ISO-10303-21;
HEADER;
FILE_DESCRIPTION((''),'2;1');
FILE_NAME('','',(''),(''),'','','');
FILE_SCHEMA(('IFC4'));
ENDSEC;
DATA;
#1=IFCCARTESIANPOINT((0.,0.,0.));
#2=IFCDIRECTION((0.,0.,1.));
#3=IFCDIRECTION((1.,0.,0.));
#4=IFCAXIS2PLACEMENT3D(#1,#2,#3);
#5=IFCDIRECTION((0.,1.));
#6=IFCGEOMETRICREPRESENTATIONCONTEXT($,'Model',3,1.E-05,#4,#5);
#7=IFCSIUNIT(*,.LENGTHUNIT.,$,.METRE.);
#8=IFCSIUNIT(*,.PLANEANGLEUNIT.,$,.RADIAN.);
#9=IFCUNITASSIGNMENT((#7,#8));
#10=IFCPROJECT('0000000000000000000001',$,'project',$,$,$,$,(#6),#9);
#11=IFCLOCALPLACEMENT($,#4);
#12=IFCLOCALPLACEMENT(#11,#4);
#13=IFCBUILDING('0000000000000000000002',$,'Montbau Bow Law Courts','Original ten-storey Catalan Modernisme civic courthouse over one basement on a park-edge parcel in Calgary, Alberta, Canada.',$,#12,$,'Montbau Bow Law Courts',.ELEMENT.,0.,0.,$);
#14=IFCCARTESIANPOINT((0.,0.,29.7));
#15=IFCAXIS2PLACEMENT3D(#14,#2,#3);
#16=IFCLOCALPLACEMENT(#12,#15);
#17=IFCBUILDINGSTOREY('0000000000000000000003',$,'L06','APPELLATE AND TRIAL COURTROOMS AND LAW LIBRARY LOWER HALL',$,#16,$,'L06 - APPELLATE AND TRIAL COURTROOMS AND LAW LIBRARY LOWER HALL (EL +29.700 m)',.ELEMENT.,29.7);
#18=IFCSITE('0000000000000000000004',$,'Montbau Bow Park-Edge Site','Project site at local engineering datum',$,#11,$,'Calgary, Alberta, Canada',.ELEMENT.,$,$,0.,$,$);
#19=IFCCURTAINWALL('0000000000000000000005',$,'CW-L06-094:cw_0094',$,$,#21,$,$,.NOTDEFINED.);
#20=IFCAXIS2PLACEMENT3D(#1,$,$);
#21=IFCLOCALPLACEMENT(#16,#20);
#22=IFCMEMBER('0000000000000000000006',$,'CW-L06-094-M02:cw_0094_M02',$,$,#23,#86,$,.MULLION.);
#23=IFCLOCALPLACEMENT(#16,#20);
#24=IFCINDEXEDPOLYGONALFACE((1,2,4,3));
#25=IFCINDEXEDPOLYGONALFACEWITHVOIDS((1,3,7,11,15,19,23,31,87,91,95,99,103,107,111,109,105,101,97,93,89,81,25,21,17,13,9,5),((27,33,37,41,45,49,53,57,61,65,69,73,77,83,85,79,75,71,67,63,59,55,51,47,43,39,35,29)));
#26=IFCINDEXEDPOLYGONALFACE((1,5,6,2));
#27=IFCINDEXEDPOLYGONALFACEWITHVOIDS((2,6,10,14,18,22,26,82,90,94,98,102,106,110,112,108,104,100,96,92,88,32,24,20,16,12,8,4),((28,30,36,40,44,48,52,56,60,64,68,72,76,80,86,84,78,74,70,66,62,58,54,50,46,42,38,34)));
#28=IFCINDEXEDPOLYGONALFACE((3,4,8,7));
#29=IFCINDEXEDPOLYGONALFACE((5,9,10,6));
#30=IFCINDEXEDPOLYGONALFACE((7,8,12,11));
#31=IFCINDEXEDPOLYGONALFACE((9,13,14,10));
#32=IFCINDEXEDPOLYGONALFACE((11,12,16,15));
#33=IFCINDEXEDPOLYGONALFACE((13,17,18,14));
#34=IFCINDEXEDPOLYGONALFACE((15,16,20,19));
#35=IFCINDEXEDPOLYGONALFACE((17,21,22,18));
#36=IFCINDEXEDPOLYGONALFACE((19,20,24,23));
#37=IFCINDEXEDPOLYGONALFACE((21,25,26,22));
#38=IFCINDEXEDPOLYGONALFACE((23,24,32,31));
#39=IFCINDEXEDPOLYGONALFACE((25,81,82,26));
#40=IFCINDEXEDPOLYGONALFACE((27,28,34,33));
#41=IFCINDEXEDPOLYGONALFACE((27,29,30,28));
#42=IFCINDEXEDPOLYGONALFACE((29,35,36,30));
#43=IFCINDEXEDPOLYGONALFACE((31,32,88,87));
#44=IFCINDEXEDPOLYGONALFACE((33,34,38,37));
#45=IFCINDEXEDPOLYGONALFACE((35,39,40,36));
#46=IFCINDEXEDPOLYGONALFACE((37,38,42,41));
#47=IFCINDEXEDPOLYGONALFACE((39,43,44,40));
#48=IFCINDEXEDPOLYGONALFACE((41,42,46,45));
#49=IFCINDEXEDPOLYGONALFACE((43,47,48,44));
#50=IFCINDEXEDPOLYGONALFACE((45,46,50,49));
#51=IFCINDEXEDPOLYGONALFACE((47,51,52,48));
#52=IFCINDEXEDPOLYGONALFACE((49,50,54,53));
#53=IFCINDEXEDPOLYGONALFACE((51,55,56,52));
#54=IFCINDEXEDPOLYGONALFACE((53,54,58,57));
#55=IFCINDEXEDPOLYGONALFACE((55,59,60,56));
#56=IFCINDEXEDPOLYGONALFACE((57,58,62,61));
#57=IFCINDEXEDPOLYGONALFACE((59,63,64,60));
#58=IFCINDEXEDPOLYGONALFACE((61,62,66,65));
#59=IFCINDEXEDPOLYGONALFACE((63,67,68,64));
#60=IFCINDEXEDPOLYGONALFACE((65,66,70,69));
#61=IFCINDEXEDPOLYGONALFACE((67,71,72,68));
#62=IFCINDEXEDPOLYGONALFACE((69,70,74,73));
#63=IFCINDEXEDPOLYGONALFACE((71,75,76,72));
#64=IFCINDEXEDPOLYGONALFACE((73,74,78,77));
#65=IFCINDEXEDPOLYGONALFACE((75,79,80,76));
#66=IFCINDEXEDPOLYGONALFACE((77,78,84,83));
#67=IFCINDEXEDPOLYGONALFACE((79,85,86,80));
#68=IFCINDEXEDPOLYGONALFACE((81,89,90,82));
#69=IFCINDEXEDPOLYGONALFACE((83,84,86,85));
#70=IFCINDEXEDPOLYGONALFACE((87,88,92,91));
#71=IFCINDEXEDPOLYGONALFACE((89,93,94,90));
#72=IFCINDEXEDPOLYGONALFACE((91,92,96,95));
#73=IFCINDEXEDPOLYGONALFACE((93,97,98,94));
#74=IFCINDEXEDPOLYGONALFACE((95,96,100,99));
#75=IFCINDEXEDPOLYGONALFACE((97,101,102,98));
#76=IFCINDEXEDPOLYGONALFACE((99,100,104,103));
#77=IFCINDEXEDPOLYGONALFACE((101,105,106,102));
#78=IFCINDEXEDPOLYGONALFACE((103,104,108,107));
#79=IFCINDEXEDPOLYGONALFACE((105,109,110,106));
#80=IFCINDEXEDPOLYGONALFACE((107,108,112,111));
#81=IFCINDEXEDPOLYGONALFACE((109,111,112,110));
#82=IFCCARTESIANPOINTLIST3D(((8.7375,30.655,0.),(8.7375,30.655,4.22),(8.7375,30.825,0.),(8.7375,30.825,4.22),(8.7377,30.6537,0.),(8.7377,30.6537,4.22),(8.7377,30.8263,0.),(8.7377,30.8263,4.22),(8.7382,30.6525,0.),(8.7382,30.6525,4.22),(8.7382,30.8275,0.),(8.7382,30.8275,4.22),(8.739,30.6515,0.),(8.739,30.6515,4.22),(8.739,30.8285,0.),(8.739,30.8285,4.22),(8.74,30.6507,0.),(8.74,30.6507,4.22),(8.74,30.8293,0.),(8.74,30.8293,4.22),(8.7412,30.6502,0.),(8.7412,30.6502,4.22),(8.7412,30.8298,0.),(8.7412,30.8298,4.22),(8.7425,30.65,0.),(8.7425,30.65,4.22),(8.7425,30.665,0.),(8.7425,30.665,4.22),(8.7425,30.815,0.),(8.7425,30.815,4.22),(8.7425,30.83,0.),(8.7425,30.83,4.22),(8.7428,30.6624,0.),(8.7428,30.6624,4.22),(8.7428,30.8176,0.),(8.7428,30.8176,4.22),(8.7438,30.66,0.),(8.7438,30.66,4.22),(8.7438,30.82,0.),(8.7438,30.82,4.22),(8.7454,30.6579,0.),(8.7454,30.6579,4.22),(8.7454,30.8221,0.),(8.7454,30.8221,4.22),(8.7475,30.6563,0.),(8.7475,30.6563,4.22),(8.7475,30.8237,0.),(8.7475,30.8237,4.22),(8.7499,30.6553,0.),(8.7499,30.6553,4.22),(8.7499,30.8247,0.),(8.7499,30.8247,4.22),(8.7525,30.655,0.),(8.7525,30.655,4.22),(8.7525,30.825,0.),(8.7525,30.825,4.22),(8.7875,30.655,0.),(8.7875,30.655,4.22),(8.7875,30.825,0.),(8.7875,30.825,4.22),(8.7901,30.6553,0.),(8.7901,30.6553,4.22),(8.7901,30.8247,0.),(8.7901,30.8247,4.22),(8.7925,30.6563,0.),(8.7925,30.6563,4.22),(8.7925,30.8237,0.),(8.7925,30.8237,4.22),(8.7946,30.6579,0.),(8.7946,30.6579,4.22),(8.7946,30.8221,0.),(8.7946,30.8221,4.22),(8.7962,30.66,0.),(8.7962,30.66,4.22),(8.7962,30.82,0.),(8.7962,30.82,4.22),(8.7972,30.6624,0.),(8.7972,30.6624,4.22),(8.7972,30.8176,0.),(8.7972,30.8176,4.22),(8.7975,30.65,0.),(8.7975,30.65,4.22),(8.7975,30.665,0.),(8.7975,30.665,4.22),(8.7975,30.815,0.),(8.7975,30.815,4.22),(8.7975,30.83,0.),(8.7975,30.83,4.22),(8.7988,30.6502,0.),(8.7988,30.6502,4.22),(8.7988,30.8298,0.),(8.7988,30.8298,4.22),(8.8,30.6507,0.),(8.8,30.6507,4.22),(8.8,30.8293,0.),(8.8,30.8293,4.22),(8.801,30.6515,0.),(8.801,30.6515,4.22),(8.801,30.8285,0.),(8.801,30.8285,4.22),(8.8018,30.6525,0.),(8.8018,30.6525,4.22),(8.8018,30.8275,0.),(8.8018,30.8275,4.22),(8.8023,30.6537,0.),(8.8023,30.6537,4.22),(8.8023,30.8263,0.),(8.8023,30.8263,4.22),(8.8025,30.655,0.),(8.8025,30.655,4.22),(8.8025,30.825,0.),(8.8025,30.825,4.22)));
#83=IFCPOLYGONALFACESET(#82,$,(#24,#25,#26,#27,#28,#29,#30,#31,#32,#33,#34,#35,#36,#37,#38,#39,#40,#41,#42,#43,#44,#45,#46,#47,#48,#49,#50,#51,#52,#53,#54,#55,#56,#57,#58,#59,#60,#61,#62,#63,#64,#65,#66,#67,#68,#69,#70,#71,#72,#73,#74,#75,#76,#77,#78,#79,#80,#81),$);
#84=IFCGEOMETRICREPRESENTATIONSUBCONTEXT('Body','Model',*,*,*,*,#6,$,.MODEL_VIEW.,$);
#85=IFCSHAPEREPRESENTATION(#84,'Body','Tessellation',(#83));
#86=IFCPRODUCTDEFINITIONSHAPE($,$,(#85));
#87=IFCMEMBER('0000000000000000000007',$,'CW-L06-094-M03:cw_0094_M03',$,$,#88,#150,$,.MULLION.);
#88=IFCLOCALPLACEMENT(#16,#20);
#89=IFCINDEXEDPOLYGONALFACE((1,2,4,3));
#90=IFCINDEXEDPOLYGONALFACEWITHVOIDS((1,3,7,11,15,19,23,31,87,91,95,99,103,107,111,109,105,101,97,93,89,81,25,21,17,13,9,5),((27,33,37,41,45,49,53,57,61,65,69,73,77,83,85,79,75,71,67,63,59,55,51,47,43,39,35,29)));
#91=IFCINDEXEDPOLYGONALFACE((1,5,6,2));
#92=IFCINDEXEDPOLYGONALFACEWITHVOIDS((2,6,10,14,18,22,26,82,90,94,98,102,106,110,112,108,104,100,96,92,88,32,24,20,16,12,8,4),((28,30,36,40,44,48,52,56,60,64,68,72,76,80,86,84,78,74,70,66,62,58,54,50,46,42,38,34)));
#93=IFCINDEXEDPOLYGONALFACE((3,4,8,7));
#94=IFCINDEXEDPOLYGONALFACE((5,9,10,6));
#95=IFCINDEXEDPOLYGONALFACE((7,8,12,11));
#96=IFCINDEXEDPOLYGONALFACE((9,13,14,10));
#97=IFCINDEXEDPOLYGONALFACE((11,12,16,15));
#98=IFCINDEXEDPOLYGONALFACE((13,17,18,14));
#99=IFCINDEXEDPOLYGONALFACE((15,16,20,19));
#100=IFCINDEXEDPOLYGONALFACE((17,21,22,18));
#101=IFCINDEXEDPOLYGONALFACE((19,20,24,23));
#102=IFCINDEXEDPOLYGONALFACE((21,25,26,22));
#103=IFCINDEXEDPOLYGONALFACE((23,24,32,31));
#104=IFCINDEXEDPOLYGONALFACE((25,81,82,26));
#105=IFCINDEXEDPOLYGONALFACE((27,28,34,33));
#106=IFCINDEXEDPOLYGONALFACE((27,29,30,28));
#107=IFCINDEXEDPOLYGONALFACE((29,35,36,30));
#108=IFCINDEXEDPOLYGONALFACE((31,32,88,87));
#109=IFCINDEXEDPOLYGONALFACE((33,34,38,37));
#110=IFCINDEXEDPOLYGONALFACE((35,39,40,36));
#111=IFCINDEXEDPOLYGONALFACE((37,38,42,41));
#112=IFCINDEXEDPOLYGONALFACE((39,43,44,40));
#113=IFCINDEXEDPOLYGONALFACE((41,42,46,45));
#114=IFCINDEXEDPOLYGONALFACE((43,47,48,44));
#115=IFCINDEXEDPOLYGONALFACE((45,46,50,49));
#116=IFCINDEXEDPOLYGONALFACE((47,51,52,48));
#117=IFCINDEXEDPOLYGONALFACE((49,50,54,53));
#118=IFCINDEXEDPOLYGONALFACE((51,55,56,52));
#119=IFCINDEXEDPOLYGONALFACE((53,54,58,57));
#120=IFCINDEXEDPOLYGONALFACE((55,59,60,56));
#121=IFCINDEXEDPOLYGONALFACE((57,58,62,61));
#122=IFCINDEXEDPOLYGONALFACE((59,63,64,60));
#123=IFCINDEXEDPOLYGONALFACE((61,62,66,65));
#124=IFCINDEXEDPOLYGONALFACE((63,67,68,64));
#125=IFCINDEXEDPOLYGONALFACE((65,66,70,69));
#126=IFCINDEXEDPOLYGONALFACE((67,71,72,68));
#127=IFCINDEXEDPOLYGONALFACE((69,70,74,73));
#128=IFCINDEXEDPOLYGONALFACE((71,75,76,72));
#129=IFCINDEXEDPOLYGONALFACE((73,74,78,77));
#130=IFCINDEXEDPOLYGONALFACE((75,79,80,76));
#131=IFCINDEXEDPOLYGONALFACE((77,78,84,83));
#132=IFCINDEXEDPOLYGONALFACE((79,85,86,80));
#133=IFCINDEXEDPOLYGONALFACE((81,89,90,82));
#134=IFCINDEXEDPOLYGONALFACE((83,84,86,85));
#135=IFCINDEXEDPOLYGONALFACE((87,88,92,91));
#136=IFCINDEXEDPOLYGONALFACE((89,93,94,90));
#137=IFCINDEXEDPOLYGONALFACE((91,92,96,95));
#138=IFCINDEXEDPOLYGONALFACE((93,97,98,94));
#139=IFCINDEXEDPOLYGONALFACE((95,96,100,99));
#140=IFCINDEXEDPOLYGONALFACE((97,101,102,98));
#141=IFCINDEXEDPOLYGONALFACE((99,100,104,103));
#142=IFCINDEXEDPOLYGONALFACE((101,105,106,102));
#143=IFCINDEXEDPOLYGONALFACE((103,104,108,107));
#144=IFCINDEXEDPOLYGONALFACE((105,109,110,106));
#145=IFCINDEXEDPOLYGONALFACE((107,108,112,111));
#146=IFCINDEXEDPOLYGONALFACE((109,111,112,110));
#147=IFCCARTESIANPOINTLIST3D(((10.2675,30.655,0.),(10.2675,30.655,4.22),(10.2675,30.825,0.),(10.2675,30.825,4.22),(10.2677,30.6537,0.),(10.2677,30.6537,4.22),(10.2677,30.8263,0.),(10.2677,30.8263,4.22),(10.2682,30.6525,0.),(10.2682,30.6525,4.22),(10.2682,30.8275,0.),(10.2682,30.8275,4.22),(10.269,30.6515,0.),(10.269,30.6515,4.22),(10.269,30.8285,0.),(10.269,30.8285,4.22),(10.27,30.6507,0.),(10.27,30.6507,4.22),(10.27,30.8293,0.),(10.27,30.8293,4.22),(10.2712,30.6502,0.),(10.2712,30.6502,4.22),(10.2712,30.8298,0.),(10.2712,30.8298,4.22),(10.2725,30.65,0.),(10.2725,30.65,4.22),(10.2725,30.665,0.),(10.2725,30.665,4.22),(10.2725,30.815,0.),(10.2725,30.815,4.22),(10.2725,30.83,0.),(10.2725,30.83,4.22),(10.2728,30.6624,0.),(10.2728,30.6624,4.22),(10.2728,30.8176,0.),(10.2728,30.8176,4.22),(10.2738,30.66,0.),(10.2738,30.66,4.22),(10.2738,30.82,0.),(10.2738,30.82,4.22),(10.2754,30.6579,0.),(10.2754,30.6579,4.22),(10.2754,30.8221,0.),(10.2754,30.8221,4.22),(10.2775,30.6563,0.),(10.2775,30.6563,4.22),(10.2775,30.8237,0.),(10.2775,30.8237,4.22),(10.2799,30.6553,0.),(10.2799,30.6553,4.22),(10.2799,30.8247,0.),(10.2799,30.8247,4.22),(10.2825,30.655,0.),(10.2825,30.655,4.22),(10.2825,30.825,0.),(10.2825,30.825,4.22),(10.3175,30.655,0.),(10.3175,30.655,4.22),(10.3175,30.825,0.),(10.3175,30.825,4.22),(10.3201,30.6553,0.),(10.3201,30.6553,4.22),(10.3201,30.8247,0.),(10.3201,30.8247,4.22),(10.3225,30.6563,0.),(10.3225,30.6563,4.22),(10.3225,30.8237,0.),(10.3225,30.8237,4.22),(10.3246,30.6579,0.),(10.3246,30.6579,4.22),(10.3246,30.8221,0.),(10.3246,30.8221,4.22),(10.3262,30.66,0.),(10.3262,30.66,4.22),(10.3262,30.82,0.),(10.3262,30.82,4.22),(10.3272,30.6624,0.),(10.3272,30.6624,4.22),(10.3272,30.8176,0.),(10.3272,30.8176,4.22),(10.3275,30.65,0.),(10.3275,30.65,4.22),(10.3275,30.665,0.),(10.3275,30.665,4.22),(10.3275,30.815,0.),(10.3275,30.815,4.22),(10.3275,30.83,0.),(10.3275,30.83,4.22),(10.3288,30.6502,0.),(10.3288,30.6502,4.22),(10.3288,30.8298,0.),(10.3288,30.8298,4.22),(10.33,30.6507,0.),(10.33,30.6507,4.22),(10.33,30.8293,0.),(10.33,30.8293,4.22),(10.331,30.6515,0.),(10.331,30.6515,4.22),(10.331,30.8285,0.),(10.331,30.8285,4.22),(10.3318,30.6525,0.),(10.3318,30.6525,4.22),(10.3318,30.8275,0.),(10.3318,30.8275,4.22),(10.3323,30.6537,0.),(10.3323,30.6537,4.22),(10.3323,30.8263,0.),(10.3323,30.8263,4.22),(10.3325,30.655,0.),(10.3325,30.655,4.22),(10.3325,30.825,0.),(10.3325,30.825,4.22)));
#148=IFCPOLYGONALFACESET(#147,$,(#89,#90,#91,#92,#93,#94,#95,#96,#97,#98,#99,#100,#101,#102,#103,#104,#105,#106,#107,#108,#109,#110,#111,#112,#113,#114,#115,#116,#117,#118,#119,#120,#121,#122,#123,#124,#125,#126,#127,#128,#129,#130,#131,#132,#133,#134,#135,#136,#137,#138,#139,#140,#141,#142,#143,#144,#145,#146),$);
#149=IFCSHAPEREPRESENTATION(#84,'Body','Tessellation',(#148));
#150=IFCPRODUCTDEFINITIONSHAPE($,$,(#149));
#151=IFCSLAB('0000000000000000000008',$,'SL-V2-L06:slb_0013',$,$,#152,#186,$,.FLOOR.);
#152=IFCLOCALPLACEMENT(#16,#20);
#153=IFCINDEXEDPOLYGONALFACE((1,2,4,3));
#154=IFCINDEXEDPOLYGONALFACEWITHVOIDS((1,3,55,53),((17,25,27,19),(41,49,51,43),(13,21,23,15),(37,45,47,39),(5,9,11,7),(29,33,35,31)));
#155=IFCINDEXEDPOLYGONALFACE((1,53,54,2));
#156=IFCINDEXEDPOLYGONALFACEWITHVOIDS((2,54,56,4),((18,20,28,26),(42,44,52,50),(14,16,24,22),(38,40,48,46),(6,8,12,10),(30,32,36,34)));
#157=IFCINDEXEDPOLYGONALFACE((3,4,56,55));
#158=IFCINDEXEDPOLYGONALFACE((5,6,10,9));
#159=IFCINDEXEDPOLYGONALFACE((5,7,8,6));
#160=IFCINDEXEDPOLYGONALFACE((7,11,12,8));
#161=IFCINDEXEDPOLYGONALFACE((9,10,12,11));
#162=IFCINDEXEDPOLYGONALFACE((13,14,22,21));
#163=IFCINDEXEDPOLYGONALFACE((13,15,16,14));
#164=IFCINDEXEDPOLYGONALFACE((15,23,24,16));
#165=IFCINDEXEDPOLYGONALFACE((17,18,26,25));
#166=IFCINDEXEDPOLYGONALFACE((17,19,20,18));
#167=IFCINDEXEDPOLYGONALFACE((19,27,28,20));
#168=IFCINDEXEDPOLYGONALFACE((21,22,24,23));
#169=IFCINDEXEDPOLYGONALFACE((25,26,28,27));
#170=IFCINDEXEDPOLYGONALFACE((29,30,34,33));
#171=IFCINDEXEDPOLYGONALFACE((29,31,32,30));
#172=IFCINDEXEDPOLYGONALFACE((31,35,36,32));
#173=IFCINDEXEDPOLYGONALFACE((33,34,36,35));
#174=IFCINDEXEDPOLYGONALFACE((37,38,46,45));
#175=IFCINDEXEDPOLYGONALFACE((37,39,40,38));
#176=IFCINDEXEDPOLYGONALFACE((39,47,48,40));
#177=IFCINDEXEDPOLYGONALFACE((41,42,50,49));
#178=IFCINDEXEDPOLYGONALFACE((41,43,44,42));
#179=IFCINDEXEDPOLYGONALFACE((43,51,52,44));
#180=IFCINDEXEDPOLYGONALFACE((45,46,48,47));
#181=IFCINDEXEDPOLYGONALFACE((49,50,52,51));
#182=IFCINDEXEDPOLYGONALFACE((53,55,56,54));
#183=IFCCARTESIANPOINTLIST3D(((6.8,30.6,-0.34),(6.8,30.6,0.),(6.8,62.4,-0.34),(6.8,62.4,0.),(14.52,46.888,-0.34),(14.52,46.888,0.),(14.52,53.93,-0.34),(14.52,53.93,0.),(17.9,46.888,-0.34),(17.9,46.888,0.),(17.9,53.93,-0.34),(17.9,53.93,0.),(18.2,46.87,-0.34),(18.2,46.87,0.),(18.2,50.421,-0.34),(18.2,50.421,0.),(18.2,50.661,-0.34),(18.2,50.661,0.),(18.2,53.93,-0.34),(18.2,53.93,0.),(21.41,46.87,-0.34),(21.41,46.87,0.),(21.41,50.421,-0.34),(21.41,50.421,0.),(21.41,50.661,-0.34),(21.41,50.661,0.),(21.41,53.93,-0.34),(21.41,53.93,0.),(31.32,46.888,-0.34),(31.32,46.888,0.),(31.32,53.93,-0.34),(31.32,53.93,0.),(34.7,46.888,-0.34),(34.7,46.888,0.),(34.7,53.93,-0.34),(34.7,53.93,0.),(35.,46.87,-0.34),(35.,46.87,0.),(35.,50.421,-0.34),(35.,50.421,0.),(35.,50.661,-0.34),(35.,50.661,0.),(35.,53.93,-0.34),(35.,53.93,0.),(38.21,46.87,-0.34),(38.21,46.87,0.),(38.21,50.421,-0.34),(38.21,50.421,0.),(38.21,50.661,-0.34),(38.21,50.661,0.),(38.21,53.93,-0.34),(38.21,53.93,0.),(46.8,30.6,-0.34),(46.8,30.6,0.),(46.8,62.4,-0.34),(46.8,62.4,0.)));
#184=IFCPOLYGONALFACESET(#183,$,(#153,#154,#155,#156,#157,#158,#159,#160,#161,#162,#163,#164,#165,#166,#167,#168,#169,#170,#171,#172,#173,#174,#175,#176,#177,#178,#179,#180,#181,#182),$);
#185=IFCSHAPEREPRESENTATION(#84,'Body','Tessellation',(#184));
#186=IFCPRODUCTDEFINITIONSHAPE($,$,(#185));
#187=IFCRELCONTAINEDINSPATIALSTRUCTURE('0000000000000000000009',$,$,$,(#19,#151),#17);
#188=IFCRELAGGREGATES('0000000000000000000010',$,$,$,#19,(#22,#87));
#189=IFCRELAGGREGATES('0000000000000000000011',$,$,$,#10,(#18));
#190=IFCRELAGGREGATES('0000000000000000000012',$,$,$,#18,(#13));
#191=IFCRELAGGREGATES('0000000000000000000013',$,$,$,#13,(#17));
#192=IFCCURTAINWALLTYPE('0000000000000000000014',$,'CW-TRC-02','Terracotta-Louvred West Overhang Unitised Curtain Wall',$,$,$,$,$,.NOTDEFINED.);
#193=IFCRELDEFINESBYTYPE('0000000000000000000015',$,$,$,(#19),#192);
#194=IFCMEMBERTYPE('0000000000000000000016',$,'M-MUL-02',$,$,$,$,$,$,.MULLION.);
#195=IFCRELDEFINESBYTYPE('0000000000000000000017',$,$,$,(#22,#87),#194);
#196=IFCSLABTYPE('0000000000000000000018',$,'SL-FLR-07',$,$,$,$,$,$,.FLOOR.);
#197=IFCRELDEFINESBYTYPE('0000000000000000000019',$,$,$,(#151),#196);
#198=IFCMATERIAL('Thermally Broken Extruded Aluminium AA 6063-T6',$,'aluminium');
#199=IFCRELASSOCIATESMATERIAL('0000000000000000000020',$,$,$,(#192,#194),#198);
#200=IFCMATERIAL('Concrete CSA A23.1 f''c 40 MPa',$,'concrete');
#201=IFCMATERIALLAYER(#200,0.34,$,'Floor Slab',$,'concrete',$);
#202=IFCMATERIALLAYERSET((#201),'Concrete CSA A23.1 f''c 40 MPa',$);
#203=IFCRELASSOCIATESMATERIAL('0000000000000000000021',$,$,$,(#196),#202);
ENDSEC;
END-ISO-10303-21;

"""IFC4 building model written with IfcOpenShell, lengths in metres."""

from ifc_helpers import new_model, si_unit, direction, frame, origin_with_axes, origin_2d_with_axis, place, context, subcontext, project, spatial, polyline, hollow_rectangle, outline, extrude, material, layer, layer_set, material_profile, profile_set, type_object, element, aggregate, save


model = new_model("IFC4")

# Units and contexts
model_context = context("Model", 3, precision=1e-05, world=origin_with_axes(), true_north=direction((0.0, 1.0)))
body_context = subcontext(model_context, "Body", "Model", "MODEL_VIEW")
ifc_project = project(units=[si_unit("LENGTHUNIT", "METRE"), si_unit("PLANEANGLEUNIT", "RADIAN")], contexts=[model_context])

# Site, building, storey
site_placement = place(None, origin_with_axes())
site = spatial("IfcSite", under=ifc_project, at=site_placement, Name="Montbau Bow Park-Edge Site", Description="Project site at local engineering datum", LongName="Calgary, Alberta, Canada", CompositionType="ELEMENT", RefElevation=0.0)
building_placement = place(site_placement, origin_with_axes())
building = spatial("IfcBuilding", under=site, at=building_placement, Name="Montbau Bow Law Courts", Description="Original ten-storey Catalan Modernisme civic courthouse over one basement on a park-edge parcel in Calgary, Alberta, Canada.", LongName="Montbau Bow Law Courts", CompositionType="ELEMENT", ElevationOfRefHeight=0.0, ElevationOfTerrain=0.0)
storey_placement = place(building_placement, frame((0.0, 0.0, 29.7), z_axis=(0.0, 0.0, 1.0), x_axis=(1.0, 0.0, 0.0)))
storey = spatial("IfcBuildingStorey", under=building, at=storey_placement, Name="L06", Description="APPELLATE AND TRIAL COURTROOMS AND LAW LIBRARY LOWER HALL", LongName="L06 - APPELLATE AND TRIAL COURTROOMS AND LAW LIBRARY LOWER HALL (EL +29.700 m)", CompositionType="ELEMENT", Elevation=29.7)

# Shared definitions
ifc_material_1 = material(Name="Concrete CSA A23.1 f'c 40 MPa", Category="concrete")

# Curtain wall, members
ifc_material_2 = material(Name="Thermally Broken Extruded Aluminium AA 6063-T6", Category="aluminium")
curtain_wall_type = type_object("IfcCurtainWallType", Name="CW-TRC-02", Description="Terracotta-Louvred West Overhang Unitised Curtain Wall", PredefinedType="NOTDEFINED", material=ifc_material_2)
curtain_wall_placement = place(None, frame((7.24, 30.74, 29.7), z_axis=(0.0, 0.0, 1.0), x_axis=(1.0, 0.0, 0.0)))
curtain_wall = element("IfcCurtainWall", 1, at=curtain_wall_placement, inside=storey, type_object=curtain_wall_type, Name="CW-L06-094:cw_0094", PredefinedType="NOTDEFINED")
ifc_material_profile_1 = material_profile(ifc_material_2, hollow_rectangle(XDim=0.065, YDim=0.18, WallThickness=0.005, InnerFilletRadius=0.01, OuterFilletRadius=0.005, at=origin_2d_with_axis()), Name="CWM-180X65", Category="Main", Priority=0)
ifc_profile_set_1 = profile_set([ifc_material_profile_1], Name="Thermally Broken Extruded Aluminium AA 6063-T6")
member_type = type_object("IfcMemberType", Name="M-MUL-02", PredefinedType="MULLION", material=ifc_profile_set_1)
member_1_placement = place(None, frame((8.77, 30.74, 29.7), z_axis=(0.0, 0.0, 1.0), x_axis=(1.0, 0.0, 0.0)))
member_1 = element("IfcMember", 2, at=member_1_placement, type_object=member_type, Name="CW-L06-094-M02:cw_0094_M02", PredefinedType="MULLION", context=body_context, shape_type="SweptSolid", body=[
    extrude(hollow_rectangle(XDim=0.065, YDim=0.18, WallThickness=0.005, InnerFilletRadius=0.01, OuterFilletRadius=0.005, at=origin_2d_with_axis()), origin_with_axes(), (0.0, 0.0, 1.0), 4.22),
])
member_2_placement = place(None, frame((10.3, 30.74, 29.7), z_axis=(0.0, 0.0, 1.0), x_axis=(1.0, 0.0, 0.0)))
member_2 = element("IfcMember", 3, at=member_2_placement, type_object=member_type, Name="CW-L06-094-M03:cw_0094_M03", PredefinedType="MULLION", context=body_context, shape_type="SweptSolid", body=[
    extrude(hollow_rectangle(XDim=0.065, YDim=0.18, WallThickness=0.005, InnerFilletRadius=0.01, OuterFilletRadius=0.005, at=origin_2d_with_axis()), origin_with_axes(), (0.0, 0.0, 1.0), 4.22),
])
aggregate(curtain_wall, [member_1, member_2])

# Slab
ifc_layer_1 = layer(ifc_material_1, 0.34, Name="Floor Slab", Category="concrete")
ifc_layer_set_1 = layer_set([ifc_layer_1], Name="Concrete CSA A23.1 f'c 40 MPa")
slab_type_1 = type_object("IfcSlabType", Name="SL-FLR-07", PredefinedType="FLOOR", material=ifc_layer_set_1)
slab_1_placement = place(None, frame((0.0, 0.0, 29.36), z_axis=(0.0, 0.0, 1.0), x_axis=(1.0, 0.0, 0.0)))
element("IfcSlab", 4, at=slab_1_placement, inside=storey, type_object=slab_type_1, Name="SL-V2-L06:slb_0013", PredefinedType="FLOOR", context=body_context, shape_type="SweptSolid", body=[
    extrude(outline(polyline([(6.8, 30.6), (46.8, 30.6), (46.8, 62.4), (6.8, 62.4), (6.8, 30.6)]), holes=[polyline([(14.52, 46.888), (17.9, 46.888), (17.9, 53.93), (14.52, 53.93), (14.52, 46.888)]), polyline([(18.2, 46.87), (21.41, 46.87), (21.41, 50.421), (18.2, 50.421), (18.2, 46.87)]), polyline([(18.2, 50.661), (21.41, 50.661), (21.41, 53.93), (18.2, 53.93), (18.2, 50.661)]), polyline([(31.32, 46.888), (34.7, 46.888), (34.7, 53.93), (31.32, 53.93), (31.32, 46.888)]), polyline([(35.0, 46.87), (38.21, 46.87), (38.21, 50.421), (35.0, 50.421), (35.0, 46.87)]), polyline([(35.0, 50.661), (38.21, 50.661), (38.21, 53.93), (35.0, 53.93), (35.0, 50.661)])]), origin_with_axes(), (0.0, 0.0, 1.0), 0.34),
])

save(model, "model.ifc")
